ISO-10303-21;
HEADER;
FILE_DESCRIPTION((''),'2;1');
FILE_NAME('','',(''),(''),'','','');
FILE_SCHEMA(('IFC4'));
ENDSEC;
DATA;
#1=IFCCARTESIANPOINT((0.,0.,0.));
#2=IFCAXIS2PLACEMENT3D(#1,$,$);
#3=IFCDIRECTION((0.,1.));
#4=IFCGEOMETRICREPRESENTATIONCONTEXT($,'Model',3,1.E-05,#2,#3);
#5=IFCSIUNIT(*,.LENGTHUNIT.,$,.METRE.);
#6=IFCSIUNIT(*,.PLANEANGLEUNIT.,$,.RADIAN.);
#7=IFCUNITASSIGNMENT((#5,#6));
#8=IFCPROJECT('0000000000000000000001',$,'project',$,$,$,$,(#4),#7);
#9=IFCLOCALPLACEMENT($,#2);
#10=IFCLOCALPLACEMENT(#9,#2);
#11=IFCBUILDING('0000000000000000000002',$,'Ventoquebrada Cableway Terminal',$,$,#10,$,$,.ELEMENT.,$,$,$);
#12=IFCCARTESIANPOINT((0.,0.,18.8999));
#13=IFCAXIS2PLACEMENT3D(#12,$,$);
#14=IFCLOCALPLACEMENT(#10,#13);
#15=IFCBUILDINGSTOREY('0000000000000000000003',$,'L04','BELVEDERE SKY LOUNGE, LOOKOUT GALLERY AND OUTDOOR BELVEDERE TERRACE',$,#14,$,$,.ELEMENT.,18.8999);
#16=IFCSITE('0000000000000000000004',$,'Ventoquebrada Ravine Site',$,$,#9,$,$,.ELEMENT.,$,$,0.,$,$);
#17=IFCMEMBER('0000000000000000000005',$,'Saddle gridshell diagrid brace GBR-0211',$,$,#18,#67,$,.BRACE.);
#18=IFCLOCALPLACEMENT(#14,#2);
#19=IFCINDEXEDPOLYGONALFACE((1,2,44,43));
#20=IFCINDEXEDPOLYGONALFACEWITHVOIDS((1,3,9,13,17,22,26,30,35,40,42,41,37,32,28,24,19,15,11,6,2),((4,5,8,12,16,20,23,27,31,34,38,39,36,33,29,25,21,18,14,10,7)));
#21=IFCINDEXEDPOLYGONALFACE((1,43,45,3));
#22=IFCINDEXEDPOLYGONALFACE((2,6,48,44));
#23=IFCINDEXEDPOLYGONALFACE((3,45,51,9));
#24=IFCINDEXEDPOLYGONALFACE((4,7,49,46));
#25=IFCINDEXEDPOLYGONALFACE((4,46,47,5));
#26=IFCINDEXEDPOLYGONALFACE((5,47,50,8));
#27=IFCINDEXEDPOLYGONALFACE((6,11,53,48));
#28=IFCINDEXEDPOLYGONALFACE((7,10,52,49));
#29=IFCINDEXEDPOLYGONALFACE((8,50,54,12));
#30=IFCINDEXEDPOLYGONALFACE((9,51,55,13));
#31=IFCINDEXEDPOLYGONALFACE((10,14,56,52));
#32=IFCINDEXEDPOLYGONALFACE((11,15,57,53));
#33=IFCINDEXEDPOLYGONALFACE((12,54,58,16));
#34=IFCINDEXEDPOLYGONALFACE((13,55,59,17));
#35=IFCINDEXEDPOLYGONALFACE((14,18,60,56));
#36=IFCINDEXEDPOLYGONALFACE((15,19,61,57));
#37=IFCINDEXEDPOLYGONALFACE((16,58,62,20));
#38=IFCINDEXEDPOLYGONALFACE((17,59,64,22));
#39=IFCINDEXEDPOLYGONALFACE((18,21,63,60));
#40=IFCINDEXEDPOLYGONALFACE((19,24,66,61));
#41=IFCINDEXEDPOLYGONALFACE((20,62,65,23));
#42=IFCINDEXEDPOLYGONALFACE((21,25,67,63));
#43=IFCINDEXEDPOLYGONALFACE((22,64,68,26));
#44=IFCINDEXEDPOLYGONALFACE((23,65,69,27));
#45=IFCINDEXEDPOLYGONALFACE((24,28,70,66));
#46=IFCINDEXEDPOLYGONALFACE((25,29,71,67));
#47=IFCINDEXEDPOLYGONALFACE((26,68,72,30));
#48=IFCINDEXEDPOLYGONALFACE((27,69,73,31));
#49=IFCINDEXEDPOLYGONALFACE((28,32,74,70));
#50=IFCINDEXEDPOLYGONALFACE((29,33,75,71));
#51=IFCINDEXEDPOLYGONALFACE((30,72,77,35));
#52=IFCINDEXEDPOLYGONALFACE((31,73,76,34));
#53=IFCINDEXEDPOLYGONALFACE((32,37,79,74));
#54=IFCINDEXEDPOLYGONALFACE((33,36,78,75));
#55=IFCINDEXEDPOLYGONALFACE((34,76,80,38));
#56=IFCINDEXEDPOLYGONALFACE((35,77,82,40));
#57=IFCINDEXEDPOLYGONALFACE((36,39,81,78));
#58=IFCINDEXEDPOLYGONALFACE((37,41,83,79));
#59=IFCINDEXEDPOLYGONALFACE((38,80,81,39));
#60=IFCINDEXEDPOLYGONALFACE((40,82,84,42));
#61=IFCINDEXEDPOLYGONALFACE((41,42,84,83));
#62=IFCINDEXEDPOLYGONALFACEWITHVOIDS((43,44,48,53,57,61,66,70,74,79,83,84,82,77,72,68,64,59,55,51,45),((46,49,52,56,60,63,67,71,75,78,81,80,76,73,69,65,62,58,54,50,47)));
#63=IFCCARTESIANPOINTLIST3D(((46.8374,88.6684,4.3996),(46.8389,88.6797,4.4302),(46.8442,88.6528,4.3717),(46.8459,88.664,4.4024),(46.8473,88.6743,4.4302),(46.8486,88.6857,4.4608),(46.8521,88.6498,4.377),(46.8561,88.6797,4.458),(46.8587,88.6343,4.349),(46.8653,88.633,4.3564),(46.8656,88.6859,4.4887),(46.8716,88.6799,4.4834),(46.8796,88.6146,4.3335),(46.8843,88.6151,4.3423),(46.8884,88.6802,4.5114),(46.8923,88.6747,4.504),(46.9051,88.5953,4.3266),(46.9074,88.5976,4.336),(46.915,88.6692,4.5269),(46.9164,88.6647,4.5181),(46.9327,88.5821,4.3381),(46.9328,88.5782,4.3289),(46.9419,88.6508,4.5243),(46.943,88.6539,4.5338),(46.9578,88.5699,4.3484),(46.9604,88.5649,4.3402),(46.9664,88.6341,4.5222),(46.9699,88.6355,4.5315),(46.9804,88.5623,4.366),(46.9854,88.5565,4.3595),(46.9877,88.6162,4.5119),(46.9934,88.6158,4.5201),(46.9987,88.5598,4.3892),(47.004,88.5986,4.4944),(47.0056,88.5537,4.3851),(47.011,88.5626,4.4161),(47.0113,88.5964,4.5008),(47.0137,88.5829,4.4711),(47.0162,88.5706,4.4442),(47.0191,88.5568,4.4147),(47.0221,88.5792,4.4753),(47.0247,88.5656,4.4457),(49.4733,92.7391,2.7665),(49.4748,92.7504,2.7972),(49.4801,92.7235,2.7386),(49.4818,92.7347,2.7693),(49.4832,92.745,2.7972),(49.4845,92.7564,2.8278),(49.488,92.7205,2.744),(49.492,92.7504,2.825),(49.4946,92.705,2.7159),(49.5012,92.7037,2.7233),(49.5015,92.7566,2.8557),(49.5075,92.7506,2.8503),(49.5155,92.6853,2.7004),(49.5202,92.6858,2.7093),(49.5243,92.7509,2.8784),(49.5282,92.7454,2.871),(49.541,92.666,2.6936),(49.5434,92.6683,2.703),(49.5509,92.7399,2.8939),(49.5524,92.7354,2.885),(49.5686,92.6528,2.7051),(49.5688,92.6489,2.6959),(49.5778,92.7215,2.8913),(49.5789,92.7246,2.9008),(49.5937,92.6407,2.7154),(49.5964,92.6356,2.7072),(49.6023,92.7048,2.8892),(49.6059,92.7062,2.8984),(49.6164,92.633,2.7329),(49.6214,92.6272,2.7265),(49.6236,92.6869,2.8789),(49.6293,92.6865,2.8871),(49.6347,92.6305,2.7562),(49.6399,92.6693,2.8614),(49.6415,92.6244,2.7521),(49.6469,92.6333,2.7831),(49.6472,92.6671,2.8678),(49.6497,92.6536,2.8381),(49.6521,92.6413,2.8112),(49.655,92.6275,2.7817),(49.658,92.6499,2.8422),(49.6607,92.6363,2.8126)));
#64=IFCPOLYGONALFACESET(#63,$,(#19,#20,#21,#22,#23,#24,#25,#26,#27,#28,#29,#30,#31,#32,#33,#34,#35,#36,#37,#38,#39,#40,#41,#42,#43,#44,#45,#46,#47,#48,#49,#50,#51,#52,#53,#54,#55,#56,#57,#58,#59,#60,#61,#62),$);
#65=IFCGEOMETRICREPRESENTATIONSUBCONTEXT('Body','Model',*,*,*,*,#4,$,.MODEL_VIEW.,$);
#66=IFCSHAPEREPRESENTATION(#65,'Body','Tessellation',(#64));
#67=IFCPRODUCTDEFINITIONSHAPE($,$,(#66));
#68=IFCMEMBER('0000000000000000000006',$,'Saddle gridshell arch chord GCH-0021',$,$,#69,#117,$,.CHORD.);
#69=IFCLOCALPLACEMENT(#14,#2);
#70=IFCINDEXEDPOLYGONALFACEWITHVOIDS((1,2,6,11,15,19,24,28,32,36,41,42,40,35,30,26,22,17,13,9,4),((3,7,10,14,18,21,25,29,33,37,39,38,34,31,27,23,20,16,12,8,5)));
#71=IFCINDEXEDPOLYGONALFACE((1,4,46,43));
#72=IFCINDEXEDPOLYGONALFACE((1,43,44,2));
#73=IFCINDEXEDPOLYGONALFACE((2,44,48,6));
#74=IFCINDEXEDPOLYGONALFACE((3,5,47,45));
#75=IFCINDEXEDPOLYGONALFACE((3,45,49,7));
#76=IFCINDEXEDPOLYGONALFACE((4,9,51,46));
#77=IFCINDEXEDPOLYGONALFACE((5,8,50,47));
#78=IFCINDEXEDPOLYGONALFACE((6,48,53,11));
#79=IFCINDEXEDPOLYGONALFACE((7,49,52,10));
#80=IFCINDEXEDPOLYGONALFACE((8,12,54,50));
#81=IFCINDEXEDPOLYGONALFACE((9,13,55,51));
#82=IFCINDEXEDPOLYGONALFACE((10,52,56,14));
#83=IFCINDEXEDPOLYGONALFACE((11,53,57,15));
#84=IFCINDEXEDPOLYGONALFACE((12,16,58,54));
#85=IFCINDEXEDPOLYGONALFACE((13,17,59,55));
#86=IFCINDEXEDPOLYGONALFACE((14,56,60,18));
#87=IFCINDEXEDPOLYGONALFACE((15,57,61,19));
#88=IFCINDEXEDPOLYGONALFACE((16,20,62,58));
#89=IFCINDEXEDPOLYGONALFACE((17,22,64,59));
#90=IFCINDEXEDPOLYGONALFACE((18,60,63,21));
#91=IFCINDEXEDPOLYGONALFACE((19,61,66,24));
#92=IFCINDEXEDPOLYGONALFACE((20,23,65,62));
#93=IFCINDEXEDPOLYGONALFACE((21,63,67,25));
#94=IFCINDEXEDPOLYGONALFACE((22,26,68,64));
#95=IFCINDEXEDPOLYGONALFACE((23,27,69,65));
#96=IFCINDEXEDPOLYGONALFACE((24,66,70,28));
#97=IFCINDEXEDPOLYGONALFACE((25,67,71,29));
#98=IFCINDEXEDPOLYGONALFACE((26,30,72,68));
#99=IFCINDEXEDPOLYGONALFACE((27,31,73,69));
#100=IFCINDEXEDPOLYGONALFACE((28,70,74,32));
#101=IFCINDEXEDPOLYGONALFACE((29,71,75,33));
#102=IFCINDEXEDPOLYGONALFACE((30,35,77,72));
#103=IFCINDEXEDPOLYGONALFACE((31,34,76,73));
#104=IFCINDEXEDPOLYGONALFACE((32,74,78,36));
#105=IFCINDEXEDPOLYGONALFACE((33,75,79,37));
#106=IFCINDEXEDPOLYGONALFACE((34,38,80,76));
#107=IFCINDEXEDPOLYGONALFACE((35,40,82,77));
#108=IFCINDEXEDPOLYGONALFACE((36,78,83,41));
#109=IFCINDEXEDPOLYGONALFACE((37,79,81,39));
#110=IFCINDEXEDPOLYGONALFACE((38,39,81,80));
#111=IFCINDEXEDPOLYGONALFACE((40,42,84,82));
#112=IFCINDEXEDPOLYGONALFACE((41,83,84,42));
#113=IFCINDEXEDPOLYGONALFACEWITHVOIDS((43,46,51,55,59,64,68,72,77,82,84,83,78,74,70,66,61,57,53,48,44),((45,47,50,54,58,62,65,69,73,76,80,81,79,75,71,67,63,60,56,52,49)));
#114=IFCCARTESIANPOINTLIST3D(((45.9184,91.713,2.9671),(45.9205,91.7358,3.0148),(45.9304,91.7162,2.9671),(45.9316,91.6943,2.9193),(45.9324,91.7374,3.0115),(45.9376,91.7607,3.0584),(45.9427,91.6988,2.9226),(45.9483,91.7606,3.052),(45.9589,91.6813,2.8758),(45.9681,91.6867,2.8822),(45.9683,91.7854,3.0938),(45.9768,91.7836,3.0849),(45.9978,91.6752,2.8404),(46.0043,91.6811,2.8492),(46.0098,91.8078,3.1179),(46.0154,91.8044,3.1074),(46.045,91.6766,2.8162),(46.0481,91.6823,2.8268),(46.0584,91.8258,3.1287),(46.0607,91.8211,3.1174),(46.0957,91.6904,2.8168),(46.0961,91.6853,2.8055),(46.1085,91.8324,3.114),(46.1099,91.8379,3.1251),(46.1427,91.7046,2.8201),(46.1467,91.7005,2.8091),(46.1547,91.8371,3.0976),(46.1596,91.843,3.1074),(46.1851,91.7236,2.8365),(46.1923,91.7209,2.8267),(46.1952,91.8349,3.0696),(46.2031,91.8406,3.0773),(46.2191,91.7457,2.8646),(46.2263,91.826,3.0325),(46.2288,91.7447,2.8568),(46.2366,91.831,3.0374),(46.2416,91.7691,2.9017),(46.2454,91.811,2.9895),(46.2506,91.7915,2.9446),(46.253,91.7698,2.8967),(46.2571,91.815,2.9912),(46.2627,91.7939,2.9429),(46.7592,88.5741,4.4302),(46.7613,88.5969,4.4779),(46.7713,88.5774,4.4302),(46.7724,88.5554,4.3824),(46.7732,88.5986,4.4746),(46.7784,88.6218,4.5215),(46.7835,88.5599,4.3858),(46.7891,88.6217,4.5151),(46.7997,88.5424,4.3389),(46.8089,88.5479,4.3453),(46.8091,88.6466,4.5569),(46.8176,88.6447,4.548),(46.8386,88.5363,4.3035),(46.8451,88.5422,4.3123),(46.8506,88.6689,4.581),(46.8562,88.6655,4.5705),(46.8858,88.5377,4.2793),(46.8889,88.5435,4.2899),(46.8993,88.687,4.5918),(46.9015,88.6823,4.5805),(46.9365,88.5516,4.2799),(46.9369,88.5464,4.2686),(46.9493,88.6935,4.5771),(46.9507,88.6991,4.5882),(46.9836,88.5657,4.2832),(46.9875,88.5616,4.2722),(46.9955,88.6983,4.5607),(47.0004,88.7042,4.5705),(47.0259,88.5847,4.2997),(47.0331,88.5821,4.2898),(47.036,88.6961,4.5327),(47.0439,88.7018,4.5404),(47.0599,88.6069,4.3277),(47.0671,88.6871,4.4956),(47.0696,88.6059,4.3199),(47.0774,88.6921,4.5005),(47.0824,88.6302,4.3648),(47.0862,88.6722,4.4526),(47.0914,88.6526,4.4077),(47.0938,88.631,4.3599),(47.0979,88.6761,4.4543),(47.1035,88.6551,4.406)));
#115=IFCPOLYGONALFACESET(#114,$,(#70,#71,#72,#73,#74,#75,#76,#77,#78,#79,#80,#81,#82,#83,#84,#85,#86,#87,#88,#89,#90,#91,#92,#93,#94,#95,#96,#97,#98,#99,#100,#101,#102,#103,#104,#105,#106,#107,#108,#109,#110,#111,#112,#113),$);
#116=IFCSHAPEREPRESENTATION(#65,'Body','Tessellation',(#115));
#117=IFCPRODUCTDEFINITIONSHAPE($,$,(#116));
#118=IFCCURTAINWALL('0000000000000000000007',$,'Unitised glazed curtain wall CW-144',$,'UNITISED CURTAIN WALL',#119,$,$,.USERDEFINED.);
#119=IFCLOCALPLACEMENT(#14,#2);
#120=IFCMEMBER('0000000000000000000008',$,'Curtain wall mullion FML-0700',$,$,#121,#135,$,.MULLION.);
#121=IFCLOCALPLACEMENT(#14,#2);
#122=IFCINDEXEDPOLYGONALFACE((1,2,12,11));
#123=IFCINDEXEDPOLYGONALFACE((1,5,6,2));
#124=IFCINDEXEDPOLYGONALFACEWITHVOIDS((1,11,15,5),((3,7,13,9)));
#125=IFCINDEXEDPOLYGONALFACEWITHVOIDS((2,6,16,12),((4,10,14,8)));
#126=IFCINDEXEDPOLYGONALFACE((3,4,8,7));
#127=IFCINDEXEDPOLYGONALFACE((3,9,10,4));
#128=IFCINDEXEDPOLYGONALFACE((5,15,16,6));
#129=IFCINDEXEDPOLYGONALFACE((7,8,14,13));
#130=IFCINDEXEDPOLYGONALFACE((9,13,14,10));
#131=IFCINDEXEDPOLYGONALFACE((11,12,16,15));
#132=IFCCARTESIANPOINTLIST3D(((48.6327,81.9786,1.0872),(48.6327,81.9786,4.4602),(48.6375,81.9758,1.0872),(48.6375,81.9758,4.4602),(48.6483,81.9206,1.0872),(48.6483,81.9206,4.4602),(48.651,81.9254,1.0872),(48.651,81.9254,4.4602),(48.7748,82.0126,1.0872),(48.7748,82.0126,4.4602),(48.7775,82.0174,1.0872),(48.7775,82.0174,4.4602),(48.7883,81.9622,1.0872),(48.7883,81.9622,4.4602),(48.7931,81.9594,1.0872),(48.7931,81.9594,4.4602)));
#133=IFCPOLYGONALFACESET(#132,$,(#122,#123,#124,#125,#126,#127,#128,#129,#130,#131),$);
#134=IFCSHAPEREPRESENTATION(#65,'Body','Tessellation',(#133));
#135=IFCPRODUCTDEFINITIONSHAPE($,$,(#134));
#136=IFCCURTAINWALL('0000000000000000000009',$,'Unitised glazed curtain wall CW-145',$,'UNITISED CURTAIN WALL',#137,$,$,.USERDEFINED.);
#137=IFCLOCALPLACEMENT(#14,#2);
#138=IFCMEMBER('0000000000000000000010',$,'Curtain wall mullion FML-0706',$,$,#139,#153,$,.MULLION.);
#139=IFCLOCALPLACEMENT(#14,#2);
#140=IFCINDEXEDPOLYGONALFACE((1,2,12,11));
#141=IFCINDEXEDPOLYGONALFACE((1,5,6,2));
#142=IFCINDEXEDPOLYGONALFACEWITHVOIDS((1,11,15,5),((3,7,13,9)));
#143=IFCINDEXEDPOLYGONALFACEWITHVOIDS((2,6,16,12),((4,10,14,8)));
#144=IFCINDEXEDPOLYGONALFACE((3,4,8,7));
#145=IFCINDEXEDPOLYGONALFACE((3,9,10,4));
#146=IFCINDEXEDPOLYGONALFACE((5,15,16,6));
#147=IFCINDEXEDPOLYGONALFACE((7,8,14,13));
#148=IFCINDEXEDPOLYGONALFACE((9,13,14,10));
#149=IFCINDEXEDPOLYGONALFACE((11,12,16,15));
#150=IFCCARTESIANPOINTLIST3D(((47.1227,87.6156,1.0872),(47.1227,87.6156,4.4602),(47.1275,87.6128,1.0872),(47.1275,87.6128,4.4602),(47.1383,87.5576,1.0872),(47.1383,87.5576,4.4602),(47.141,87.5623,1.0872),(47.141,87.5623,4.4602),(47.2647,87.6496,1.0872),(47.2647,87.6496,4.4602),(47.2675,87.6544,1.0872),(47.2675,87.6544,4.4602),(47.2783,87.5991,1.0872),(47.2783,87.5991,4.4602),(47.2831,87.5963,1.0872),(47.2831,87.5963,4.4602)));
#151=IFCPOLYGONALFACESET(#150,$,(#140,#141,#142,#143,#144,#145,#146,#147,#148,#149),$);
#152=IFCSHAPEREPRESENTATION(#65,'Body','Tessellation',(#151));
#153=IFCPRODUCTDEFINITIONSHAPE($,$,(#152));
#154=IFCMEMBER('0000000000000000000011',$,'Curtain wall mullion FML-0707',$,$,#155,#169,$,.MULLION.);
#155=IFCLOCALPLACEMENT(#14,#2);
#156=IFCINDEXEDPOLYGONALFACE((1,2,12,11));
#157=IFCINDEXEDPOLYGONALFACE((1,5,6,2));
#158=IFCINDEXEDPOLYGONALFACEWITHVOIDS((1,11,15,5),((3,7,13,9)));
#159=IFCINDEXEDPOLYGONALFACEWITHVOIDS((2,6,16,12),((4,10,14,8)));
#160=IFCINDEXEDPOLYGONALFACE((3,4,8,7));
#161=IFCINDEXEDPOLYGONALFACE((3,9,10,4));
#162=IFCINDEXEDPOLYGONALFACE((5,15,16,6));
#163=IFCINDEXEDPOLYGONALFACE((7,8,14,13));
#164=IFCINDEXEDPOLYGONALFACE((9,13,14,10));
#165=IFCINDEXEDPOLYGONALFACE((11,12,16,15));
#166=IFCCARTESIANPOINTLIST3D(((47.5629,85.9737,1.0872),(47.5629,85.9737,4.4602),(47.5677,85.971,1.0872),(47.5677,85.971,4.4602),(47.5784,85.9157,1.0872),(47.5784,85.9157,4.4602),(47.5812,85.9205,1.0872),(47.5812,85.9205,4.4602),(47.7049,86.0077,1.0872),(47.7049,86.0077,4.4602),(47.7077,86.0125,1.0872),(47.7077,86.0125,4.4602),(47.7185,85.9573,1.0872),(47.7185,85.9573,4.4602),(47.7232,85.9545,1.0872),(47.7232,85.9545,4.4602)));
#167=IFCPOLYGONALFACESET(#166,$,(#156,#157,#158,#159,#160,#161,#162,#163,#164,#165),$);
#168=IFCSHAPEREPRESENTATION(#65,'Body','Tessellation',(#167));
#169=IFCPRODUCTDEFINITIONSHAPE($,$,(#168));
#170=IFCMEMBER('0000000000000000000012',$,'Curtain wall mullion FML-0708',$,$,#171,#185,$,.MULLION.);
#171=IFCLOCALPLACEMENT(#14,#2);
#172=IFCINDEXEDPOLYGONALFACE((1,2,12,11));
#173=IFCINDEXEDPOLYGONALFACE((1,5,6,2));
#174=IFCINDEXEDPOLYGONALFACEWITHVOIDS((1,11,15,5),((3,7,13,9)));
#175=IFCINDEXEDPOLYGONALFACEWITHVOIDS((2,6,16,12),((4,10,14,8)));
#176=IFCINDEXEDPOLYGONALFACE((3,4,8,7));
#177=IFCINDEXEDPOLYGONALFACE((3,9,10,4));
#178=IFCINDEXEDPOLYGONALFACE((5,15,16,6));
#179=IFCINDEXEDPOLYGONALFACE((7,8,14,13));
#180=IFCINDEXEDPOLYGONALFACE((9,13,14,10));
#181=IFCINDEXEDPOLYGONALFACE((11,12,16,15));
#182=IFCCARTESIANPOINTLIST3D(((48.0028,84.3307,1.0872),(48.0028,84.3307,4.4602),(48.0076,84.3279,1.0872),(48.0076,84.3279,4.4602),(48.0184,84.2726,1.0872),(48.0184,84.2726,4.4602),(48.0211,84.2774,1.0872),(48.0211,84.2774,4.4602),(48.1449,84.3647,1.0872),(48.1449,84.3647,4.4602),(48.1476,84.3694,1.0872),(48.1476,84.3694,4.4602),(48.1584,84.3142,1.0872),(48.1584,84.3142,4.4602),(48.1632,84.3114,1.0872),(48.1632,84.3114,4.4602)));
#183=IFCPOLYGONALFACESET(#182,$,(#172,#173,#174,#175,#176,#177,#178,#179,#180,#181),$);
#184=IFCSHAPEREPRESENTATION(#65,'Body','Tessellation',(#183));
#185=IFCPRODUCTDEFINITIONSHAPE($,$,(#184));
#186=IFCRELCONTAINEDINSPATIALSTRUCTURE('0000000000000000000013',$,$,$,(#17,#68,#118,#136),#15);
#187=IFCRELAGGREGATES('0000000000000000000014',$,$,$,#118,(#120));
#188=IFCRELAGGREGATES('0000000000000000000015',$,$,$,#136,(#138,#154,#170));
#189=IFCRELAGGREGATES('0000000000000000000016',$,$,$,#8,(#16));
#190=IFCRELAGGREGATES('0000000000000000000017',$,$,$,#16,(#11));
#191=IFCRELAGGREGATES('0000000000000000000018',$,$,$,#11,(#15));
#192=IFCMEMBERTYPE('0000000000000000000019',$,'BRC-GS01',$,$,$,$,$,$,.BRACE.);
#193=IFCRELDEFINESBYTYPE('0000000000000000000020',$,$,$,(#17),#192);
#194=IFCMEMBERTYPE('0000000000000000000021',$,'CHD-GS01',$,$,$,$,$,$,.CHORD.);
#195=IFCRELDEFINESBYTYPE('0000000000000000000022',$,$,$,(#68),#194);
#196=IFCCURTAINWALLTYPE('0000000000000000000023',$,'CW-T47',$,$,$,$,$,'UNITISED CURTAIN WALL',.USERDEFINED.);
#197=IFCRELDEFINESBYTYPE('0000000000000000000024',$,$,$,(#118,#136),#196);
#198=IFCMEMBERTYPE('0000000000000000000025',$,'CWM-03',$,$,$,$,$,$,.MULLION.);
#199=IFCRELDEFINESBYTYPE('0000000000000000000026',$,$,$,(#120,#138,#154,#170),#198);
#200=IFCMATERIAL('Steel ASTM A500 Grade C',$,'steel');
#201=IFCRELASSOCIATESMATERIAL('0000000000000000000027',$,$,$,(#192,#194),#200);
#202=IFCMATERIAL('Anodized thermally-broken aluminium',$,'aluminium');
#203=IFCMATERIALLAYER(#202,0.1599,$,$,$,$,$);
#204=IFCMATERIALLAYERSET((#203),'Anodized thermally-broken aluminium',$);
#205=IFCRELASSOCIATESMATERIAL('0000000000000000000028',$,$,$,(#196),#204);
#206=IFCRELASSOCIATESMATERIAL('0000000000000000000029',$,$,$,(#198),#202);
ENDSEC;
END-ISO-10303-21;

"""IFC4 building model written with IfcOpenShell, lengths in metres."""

from ifc_helpers import new_model, si_unit, direction, frame, origin, origin_2d, place, context, subcontext, project, spatial, hollow_rectangle, hollow_circle, extrude, material, layer, layer_set, material_profile, profile_set, type_object, element, aggregate, save


model = new_model("IFC4")

# Units and contexts
model_context = context("Model", 3, precision=1e-05, world=origin(), true_north=direction((0.0, 1.0)))
body_context = subcontext(model_context, "Body", "Model", "MODEL_VIEW")
ifc_project = project(units=[si_unit("LENGTHUNIT", "METRE"), si_unit("PLANEANGLEUNIT", "RADIAN")], contexts=[model_context])

# Site, building, storey
site_placement = place(None, origin())
site = spatial("IfcSite", under=ifc_project, at=site_placement, Name="Ventoquebrada Ravine Site", CompositionType="ELEMENT", RefElevation=0.0)
building_placement = place(site_placement, origin())
building = spatial("IfcBuilding", under=site, at=building_placement, Name="Ventoquebrada Cableway Terminal", CompositionType="ELEMENT")
storey_placement = place(building_placement, frame((0.0, 0.0, 18.8999)))
storey = spatial("IfcBuildingStorey", under=building, at=storey_placement, Name="L04", Description="BELVEDERE SKY LOUNGE, LOOKOUT GALLERY AND OUTDOOR BELVEDERE TERRACE", CompositionType="ELEMENT", Elevation=18.8999)

# Members
ifc_material_1 = material(Name="Steel ASTM A500 Grade C", Category="steel")
ifc_material_profile_1 = material_profile(ifc_material_1, hollow_circle(Radius=0.1096, WallThickness=0.01, at=origin_2d()), Name="CHS219.1X10")
ifc_profile_set_1 = profile_set([ifc_material_profile_1], Name="Steel ASTM A500 Grade C")
member_type_1 = type_object("IfcMemberType", Name="BRC-GS01", PredefinedType="BRACE", material=ifc_profile_set_1)
member_1_placement = place(storey_placement, frame((46.9309, 88.6201, 4.4302), z_axis=(0.515113, 0.795498, -0.319125), x_axis=(-0.839388, 0.543533, 0.0)))
element("IfcMember", 1, at=member_1_placement, inside=storey, type_object=member_type_1, Name="Saddle gridshell diagrid brace GBR-0211", PredefinedType="BRACE", context=body_context, shape_type="SweptSolid", body=[
    extrude(hollow_circle(Radius=0.1096, WallThickness=0.01, at=origin_2d()), origin(), (0.0, 0.0, 1.0), 5.1172),
])
ifc_material_profile_2 = material_profile(ifc_material_1, hollow_circle(Radius=0.1777, WallThickness=0.0125, at=origin_2d()), Name="CHS355.6X12.5")
ifc_profile_set_2 = profile_set([ifc_material_profile_2], Name="Steel ASTM A500 Grade C")
member_type_2 = type_object("IfcMemberType", Name="CHD-GS01", PredefinedType="CHORD", material=ifc_profile_set_2)
member_2_placement = place(storey_placement, frame((46.9309, 88.6201, 4.4302), z_axis=(-0.235935, 0.880782, -0.410557), x_axis=(-0.965945, -0.258747, 0.0)))
element("IfcMember", 2, at=member_2_placement, inside=storey, type_object=member_type_2, Name="Saddle gridshell arch chord GCH-0021", PredefinedType="CHORD", context=body_context, shape_type="SweptSolid", body=[
    extrude(hollow_circle(Radius=0.1777, WallThickness=0.0125, at=origin_2d()), origin(), (0.0, 0.0, 1.0), 3.5637),
])

# Curtain wall, member
ifc_material_2 = material(Name="Anodized thermally-broken aluminium", Category="aluminium")
ifc_layer_1 = layer(ifc_material_2, 0.1599)
ifc_layer_set_1 = layer_set([ifc_layer_1], Name="Anodized thermally-broken aluminium")
curtain_wall_type = type_object("IfcCurtainWallType", Name="CW-T47", ElementType="UNITISED CURTAIN WALL", PredefinedType="USERDEFINED", material=ifc_layer_set_1)
curtain_wall_1_placement = place(storey_placement, origin())
curtain_wall_1 = element("IfcCurtainWall", 3, at=curtain_wall_1_placement, inside=storey, type_object=curtain_wall_type, Name="Unitised glazed curtain wall CW-144", ObjectType="UNITISED CURTAIN WALL", PredefinedType="USERDEFINED")
ifc_material_profile_3 = material_profile(ifc_material_2, hollow_rectangle(XDim=0.0601, YDim=0.1499, WallThickness=0.0039, at=origin_2d()), Name="CW-MUL-60X150")
ifc_profile_set_3 = profile_set([ifc_material_profile_3], Name="Anodized thermally-broken aluminium")
member_type_3 = type_object("IfcMemberType", Name="CWM-03", PredefinedType="MULLION", material=ifc_profile_set_3)
member_3_placement = place(storey_placement, frame((48.7129, 81.969, 1.0872), z_axis=(0.0, 0.0, 1.0), x_axis=(0.258836, -0.965921, 0.0)))
member_3 = element("IfcMember", 4, at=member_3_placement, type_object=member_type_3, Name="Curtain wall mullion FML-0700", PredefinedType="MULLION", context=body_context, shape_type="SweptSolid", body=[
    extrude(hollow_rectangle(XDim=0.0601, YDim=0.1499, WallThickness=0.0039, at=origin_2d()), origin(), (0.0, 0.0, 1.0), 3.373),
])
aggregate(curtain_wall_1, [member_3])

# Curtain wall, members
curtain_wall_2_placement = place(storey_placement, origin())
curtain_wall_2 = element("IfcCurtainWall", 5, at=curtain_wall_2_placement, inside=storey, type_object=curtain_wall_type, Name="Unitised glazed curtain wall CW-145", ObjectType="UNITISED CURTAIN WALL", PredefinedType="USERDEFINED")
member_4_placement = place(storey_placement, frame((47.2029, 87.606, 1.0872), z_axis=(0.0, 0.0, 1.0), x_axis=(0.258802, -0.96593, 0.0)))
member_4 = element("IfcMember", 6, at=member_4_placement, type_object=member_type_3, Name="Curtain wall mullion FML-0706", PredefinedType="MULLION", context=body_context, shape_type="SweptSolid", body=[
    extrude(hollow_rectangle(XDim=0.0601, YDim=0.1499, WallThickness=0.0039, at=origin_2d()), origin(), (0.0, 0.0, 1.0), 3.373),
])
member_5_placement = place(storey_placement, frame((47.6431, 85.9641, 1.0872), z_axis=(0.0, 0.0, 1.0), x_axis=(0.258802, -0.96593, 0.0)))
member_5 = element("IfcMember", 7, at=member_5_placement, type_object=member_type_3, Name="Curtain wall mullion FML-0707", PredefinedType="MULLION", context=body_context, shape_type="SweptSolid", body=[
    extrude(hollow_rectangle(XDim=0.0601, YDim=0.1499, WallThickness=0.0039, at=origin_2d()), origin(), (0.0, 0.0, 1.0), 3.373),
])
member_6_placement = place(storey_placement, frame((48.083, 84.321, 1.0872), z_axis=(0.0, 0.0, 1.0), x_axis=(0.258802, -0.96593, 0.0)))
member_6 = element("IfcMember", 8, at=member_6_placement, type_object=member_type_3, Name="Curtain wall mullion FML-0708", PredefinedType="MULLION", context=body_context, shape_type="SweptSolid", body=[
    extrude(hollow_rectangle(XDim=0.0601, YDim=0.1499, WallThickness=0.0039, at=origin_2d()), origin(), (0.0, 0.0, 1.0), 3.373),
])

aggregate(curtain_wall_2, [member_4, member_5, member_6])

save(model, "model.ifc")
